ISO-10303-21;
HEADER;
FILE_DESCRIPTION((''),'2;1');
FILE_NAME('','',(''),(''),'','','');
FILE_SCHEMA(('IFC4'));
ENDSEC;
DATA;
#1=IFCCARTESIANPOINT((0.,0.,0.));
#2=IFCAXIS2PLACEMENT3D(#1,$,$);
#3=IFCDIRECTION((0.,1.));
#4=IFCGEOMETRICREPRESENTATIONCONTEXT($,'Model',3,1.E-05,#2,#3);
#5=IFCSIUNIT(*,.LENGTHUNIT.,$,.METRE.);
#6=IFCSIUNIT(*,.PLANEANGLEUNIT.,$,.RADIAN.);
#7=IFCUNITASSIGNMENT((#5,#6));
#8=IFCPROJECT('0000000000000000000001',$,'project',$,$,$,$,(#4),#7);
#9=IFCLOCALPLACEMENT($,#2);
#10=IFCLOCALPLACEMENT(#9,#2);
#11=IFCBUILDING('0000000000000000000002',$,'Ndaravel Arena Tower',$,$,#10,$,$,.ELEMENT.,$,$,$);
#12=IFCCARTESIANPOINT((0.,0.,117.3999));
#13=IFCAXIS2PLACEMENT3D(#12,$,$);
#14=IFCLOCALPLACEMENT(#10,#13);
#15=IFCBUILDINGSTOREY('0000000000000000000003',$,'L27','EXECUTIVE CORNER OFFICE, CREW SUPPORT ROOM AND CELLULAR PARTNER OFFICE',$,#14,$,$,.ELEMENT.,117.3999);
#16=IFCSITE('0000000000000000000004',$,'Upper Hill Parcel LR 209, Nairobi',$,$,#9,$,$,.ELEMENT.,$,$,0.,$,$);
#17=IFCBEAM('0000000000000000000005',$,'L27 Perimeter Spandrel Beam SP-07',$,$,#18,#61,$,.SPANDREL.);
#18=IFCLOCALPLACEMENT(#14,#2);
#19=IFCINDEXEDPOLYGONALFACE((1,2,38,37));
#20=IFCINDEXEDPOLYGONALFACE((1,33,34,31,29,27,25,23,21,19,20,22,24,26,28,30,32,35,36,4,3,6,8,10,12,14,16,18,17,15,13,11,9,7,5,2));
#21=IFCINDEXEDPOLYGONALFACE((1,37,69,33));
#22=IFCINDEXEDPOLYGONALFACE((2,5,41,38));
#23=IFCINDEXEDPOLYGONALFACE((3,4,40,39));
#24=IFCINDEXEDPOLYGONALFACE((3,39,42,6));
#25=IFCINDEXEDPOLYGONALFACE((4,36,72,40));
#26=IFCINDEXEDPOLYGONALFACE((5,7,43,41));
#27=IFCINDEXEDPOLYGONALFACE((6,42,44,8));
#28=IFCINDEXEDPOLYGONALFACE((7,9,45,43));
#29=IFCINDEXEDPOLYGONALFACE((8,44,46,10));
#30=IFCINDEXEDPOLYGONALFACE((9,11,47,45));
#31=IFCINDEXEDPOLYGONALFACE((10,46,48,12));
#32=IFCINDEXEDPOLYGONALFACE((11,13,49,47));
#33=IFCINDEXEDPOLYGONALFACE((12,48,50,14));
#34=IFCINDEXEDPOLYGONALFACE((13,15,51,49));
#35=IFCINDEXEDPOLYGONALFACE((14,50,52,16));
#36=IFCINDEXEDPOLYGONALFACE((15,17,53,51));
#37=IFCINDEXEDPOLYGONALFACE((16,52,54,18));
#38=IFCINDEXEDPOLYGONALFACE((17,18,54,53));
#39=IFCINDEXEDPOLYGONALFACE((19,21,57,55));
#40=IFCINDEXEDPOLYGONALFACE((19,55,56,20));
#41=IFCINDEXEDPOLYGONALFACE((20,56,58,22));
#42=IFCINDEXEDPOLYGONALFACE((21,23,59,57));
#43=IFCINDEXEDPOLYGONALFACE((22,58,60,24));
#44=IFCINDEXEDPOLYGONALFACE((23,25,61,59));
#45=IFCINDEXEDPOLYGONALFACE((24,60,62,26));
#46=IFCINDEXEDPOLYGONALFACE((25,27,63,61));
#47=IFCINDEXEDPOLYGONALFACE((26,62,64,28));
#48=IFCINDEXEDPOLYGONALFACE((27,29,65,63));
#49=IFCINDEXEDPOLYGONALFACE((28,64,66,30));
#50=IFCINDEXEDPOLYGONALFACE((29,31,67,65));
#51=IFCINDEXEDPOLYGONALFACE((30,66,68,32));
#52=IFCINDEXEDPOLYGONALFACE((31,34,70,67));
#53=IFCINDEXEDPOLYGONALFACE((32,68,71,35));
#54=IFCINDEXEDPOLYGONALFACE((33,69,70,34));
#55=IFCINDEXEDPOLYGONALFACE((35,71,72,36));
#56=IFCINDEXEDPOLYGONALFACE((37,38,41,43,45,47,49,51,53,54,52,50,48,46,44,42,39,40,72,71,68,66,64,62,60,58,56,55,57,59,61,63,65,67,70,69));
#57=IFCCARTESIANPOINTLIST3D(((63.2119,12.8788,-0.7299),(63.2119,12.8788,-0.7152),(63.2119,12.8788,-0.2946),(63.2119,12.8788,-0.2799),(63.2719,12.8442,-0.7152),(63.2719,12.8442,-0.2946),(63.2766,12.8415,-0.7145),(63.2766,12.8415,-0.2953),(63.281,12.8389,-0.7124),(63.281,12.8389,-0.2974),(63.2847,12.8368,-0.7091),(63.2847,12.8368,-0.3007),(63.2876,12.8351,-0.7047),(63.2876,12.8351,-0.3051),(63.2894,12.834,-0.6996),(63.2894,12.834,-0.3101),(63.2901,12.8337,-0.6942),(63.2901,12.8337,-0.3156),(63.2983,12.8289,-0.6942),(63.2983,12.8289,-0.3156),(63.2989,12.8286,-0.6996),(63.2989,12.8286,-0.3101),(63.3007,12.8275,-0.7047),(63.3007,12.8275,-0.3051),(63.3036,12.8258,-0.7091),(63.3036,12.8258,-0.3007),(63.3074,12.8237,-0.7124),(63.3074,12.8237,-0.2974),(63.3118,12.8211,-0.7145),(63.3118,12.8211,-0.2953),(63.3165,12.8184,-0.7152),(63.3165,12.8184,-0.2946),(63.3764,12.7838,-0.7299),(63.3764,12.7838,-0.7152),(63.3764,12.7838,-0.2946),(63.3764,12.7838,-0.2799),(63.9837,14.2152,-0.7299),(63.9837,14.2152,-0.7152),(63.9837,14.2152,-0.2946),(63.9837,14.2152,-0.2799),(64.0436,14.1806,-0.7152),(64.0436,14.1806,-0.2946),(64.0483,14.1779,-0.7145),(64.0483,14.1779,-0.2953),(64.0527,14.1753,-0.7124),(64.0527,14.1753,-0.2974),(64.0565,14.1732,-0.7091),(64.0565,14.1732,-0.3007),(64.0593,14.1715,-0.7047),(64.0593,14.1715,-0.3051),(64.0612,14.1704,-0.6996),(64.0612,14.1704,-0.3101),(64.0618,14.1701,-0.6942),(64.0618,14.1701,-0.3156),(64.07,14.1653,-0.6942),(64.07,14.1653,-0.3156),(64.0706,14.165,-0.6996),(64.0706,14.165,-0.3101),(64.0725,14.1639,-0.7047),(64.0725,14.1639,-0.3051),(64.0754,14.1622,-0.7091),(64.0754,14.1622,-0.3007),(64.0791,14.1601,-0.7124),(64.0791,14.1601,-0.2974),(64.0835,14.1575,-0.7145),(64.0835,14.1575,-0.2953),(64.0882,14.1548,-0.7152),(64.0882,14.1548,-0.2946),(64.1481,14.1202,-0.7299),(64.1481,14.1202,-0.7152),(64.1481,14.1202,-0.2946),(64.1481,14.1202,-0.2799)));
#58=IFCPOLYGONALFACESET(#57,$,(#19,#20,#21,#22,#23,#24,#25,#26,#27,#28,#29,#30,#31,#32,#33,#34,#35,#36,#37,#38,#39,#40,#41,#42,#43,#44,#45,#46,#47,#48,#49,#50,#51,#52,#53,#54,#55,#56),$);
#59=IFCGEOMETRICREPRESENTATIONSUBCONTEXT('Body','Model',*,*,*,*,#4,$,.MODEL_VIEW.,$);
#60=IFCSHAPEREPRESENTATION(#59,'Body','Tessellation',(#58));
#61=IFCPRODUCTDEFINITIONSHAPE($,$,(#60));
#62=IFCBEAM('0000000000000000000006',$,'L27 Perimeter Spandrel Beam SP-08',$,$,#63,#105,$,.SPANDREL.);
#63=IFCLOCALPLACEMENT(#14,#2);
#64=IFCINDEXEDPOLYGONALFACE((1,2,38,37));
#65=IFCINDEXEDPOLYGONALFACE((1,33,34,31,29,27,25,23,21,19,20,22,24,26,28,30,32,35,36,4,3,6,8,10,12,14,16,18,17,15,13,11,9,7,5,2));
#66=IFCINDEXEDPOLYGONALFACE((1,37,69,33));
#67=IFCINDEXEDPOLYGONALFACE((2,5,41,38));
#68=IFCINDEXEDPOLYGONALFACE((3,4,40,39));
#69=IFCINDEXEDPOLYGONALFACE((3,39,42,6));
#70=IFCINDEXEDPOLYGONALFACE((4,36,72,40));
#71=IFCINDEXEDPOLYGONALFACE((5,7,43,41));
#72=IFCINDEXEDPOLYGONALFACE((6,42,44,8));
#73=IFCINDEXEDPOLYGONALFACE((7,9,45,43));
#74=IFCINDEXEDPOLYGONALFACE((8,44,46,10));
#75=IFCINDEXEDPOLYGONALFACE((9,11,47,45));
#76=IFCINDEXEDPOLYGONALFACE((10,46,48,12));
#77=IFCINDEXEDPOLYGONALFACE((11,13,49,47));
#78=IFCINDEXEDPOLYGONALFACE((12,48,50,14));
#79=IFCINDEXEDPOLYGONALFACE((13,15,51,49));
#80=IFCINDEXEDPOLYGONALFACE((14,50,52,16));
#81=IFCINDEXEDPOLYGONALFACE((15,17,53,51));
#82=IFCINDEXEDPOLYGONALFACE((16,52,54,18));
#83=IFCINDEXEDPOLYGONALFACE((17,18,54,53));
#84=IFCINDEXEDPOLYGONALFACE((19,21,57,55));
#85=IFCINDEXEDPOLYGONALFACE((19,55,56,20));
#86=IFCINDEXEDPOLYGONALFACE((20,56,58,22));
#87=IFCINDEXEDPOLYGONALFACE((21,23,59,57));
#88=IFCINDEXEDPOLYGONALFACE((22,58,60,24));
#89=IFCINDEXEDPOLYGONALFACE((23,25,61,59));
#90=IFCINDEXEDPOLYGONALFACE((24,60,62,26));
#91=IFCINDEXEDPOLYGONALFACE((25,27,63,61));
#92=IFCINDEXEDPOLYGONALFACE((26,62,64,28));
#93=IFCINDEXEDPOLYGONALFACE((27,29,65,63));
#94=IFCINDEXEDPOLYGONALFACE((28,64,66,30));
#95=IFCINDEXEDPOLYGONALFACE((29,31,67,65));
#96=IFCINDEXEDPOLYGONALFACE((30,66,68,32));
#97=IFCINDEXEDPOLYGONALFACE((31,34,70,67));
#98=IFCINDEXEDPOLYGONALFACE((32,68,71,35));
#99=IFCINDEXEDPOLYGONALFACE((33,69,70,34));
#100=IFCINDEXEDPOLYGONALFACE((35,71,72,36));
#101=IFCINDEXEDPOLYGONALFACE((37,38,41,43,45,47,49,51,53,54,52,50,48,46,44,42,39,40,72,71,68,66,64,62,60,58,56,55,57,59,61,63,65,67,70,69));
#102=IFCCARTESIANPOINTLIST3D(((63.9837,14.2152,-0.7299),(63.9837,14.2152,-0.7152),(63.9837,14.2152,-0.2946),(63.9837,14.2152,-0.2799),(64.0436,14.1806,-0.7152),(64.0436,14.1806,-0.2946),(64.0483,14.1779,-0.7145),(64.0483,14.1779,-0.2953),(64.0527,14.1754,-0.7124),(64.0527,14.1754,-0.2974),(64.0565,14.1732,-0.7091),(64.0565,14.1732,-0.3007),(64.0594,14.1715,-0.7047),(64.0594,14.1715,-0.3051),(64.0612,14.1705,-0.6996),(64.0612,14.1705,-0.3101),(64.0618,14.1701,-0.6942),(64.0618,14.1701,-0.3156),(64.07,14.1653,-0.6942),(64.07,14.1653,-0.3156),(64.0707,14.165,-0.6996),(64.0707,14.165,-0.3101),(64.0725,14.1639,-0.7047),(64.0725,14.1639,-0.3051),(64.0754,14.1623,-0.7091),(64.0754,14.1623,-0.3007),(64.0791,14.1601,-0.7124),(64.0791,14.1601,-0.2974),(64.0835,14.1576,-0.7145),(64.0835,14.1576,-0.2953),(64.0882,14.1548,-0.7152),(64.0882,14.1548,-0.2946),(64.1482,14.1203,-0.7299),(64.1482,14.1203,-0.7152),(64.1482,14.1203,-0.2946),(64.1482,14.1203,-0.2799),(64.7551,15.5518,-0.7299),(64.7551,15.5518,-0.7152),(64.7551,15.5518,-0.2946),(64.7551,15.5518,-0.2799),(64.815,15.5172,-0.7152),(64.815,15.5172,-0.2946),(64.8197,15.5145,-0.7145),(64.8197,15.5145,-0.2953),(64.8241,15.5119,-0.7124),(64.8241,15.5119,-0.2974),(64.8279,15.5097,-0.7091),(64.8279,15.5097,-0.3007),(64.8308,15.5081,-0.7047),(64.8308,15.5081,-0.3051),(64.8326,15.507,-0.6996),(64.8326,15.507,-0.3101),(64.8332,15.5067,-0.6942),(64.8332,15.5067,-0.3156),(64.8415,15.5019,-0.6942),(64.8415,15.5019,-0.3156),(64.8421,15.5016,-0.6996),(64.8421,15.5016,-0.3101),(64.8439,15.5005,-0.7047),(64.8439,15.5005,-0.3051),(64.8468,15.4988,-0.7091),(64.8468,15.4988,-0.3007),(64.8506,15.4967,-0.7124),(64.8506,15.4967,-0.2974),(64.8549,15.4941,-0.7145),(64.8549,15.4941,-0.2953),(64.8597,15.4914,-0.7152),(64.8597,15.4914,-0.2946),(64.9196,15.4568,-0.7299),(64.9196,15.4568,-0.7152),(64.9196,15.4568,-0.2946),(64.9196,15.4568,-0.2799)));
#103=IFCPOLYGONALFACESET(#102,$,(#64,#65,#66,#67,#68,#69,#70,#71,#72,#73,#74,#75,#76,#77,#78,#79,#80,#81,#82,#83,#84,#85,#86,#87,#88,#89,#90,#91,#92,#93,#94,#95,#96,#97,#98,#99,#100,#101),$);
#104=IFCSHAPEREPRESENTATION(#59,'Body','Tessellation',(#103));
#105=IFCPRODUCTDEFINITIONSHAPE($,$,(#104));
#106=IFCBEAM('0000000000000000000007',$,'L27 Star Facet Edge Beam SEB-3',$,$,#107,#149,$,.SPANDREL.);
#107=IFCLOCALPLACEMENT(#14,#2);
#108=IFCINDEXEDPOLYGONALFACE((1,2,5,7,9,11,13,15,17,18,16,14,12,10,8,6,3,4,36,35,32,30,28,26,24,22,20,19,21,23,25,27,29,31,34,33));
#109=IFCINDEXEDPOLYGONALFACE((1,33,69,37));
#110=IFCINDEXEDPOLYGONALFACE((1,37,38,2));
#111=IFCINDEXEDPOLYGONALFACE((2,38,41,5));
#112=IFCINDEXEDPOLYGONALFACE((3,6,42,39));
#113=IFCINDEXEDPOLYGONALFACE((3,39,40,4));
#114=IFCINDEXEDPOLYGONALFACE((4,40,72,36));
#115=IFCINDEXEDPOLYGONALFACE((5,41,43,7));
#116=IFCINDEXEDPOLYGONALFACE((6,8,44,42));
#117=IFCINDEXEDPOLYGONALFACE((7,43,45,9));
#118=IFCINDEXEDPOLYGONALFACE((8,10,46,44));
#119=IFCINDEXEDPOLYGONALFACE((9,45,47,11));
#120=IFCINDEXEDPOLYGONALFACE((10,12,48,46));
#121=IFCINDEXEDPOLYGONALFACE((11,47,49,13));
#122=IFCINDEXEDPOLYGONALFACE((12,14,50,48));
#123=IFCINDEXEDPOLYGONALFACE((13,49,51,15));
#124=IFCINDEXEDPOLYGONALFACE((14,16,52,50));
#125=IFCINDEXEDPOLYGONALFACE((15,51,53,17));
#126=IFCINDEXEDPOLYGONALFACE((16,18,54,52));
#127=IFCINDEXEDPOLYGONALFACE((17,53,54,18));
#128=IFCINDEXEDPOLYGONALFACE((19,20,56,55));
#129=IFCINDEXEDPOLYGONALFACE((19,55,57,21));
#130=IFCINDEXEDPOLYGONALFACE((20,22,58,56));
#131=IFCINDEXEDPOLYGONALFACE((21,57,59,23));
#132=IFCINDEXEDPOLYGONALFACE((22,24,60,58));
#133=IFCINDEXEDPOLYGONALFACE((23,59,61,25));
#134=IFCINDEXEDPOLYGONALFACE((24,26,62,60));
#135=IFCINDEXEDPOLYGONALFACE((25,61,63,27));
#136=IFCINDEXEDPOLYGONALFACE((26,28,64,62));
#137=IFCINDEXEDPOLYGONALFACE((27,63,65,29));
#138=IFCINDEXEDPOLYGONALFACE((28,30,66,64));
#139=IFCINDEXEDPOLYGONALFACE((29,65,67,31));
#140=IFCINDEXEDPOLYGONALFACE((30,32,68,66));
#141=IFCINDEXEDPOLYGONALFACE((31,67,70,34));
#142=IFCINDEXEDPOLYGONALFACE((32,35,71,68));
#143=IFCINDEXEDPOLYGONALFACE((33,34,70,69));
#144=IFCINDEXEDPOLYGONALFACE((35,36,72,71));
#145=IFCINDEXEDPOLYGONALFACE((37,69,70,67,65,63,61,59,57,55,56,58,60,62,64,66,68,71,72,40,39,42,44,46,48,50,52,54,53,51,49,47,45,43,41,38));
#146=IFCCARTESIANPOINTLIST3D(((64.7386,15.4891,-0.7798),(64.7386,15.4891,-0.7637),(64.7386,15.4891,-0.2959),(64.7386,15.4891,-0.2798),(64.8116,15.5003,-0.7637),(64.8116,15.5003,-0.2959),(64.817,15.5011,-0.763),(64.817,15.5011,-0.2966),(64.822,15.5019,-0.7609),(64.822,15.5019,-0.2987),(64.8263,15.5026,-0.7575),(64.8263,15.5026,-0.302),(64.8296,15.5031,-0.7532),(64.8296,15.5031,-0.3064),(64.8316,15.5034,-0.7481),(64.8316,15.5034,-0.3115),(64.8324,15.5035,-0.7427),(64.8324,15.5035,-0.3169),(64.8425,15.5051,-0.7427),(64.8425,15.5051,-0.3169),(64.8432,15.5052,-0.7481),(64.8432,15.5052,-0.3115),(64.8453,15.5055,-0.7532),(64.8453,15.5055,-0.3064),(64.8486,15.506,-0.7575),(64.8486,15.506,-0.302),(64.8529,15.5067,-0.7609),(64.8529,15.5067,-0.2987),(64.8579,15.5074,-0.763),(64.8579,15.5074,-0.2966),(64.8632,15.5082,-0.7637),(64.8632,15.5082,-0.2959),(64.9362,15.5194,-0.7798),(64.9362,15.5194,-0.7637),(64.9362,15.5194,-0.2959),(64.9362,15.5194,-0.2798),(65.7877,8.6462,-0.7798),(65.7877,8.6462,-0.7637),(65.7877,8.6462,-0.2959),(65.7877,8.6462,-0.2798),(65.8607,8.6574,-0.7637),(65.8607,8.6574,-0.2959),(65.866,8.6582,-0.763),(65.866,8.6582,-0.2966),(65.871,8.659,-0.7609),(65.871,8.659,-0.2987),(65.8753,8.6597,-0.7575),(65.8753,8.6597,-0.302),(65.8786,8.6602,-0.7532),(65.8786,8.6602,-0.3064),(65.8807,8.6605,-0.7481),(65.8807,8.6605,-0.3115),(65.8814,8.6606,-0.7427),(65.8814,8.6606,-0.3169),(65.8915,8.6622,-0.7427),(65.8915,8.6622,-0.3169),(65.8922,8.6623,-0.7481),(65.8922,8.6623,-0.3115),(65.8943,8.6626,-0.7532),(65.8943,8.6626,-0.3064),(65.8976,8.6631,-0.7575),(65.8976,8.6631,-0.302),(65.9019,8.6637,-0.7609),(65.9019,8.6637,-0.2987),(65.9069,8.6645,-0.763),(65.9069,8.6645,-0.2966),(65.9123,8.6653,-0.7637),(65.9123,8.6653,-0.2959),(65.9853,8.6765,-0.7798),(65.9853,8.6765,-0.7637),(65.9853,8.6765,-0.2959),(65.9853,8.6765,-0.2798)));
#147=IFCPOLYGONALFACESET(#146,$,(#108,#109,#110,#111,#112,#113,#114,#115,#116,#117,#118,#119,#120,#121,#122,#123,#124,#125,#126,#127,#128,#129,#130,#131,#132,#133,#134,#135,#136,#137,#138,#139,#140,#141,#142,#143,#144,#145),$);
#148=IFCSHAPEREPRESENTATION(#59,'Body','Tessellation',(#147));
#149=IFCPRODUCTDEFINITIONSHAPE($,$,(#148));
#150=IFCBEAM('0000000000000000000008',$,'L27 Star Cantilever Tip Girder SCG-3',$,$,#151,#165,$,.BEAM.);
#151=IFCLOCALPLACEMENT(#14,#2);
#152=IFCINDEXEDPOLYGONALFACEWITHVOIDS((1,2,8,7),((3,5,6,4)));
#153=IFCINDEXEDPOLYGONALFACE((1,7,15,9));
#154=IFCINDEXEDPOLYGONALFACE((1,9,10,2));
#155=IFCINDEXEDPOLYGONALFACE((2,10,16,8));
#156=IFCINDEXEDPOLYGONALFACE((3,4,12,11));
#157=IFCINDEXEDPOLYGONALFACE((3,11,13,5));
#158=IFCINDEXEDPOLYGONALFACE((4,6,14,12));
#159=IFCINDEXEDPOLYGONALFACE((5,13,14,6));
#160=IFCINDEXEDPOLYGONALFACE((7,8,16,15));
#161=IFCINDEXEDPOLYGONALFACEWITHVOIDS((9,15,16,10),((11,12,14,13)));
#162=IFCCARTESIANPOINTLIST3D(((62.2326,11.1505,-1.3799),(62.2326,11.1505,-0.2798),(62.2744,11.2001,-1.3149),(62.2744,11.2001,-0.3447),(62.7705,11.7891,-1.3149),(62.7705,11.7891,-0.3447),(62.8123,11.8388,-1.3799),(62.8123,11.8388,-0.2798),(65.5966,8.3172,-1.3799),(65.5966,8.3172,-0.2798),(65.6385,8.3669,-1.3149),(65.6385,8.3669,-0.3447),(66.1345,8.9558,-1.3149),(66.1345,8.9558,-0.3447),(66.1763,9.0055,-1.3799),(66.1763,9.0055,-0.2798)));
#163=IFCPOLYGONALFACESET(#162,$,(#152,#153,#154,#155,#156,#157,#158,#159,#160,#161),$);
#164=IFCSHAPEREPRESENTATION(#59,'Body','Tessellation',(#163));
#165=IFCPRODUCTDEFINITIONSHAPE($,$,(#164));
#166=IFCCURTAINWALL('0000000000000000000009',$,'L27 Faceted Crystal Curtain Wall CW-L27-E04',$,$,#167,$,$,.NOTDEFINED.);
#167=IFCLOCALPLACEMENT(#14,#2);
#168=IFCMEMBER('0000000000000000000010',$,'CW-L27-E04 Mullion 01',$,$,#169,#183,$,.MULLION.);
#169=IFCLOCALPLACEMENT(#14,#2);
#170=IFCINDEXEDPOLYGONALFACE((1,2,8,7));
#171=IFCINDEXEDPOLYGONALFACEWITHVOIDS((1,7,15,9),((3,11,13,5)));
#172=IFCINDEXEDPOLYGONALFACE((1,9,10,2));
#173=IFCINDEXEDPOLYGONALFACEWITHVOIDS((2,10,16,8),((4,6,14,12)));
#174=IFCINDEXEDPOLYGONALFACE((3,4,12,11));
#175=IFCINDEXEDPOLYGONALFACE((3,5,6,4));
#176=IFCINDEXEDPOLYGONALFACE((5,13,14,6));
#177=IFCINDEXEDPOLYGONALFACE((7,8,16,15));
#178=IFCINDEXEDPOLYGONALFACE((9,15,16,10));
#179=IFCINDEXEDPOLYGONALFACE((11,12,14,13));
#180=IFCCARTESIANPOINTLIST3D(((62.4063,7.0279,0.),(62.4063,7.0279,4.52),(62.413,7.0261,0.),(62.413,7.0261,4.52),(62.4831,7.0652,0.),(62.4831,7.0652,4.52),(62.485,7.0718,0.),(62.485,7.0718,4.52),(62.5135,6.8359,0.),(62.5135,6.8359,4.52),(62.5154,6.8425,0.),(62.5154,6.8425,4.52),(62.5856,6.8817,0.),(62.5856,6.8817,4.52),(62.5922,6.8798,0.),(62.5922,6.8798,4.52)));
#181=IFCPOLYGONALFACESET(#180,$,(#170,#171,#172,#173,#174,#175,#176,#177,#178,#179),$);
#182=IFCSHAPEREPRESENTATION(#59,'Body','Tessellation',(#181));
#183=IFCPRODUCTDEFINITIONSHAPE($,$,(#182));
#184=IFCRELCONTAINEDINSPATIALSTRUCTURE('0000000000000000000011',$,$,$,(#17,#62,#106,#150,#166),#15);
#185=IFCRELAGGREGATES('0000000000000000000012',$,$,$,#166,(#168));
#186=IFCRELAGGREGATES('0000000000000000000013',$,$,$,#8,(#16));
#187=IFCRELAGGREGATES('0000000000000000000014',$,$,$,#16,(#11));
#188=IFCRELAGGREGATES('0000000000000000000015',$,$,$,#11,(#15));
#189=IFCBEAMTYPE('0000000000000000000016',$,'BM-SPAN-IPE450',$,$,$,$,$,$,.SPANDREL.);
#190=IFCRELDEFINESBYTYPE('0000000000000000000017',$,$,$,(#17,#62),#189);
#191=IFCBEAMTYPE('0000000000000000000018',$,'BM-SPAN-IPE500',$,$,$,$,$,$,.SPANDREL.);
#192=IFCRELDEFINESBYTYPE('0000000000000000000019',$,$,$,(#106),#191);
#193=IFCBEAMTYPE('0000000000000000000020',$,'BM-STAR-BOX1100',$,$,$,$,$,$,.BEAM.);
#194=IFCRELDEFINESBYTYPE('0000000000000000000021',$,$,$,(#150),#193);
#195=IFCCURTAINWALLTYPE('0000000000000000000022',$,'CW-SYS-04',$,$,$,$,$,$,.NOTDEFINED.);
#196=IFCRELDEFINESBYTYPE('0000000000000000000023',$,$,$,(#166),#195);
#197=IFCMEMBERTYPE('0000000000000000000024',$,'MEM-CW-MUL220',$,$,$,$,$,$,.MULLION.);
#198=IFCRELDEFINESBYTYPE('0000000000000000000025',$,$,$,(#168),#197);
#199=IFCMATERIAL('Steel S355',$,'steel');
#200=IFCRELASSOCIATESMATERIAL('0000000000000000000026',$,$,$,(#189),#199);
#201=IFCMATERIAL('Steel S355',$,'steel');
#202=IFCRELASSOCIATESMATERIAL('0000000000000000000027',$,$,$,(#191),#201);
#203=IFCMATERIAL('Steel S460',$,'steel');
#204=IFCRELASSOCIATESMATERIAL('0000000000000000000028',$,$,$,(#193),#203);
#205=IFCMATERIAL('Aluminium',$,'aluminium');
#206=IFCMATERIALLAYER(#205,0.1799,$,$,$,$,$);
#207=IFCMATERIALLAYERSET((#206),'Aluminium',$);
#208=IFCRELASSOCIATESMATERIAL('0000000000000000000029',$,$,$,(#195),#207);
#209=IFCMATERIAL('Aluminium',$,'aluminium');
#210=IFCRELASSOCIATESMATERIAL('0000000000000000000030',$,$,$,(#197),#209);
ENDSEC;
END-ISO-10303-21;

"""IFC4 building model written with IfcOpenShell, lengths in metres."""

from ifc_helpers import new_model, si_unit, direction, frame, origin, origin_2d, place, context, subcontext, project, spatial, hollow_rectangle, i_section, extrude, material, layer, layer_set, material_profile, profile_set, type_object, element, aggregate, save


model = new_model("IFC4")

# Units and contexts
model_context = context("Model", 3, precision=1e-05, world=origin(), true_north=direction((0.0, 1.0)))
body_context = subcontext(model_context, "Body", "Model", "MODEL_VIEW")
ifc_project = project(units=[si_unit("LENGTHUNIT", "METRE"), si_unit("PLANEANGLEUNIT", "RADIAN")], contexts=[model_context])

# Site, building, storey
site_placement = place(None, origin())
site = spatial("IfcSite", under=ifc_project, at=site_placement, Name="Upper Hill Parcel LR 209, Nairobi", CompositionType="ELEMENT", RefElevation=0.0)
building_placement = place(site_placement, origin())
building = spatial("IfcBuilding", under=site, at=building_placement, Name="Ndaravel Arena Tower", CompositionType="ELEMENT")
storey_placement = place(building_placement, frame((0.0, 0.0, 117.3999)))
storey = spatial("IfcBuildingStorey", under=building, at=storey_placement, Name="L27", Description="EXECUTIVE CORNER OFFICE, CREW SUPPORT ROOM AND CELLULAR PARTNER OFFICE", CompositionType="ELEMENT", Elevation=117.3999)

# Beams
ifc_material_1 = material(Name="Steel S355", Category="steel")
ifc_material_profile_1 = material_profile(ifc_material_1, i_section(OverallWidth=0.1899, OverallDepth=0.45, WebThickness=0.0095, FlangeThickness=0.0146, FilletRadius=0.021, at=origin_2d()), Name="IPE 450")
ifc_profile_set_1 = profile_set([ifc_material_profile_1], Name="Steel S355")
beam_type_1 = type_object("IfcBeamType", Name="BM-SPAN-IPE450", PredefinedType="SPANDREL", material=ifc_profile_set_1)
for number, where, z_axis, x_axis, name in (
    (1, (63.2942, 12.8313, -0.5049), (0.500069, 0.865985, 0.0), (-0.865985, 0.500069, 0.0), "L27 Perimeter Spandrel Beam SP-07"),
    (2, (64.0659, 14.1677, -0.5049), (0.499882, 0.866093, 0.0), (-0.866093, 0.499882, 0.0), "L27 Perimeter Spandrel Beam SP-08"),
):
    element("IfcBeam", number, at=place(storey_placement, frame(where, z_axis=z_axis, x_axis=x_axis)), inside=storey, type_object=beam_type_1, Name=name, PredefinedType="SPANDREL", context=body_context, shape_type="SweptSolid", body=[
        extrude(i_section(OverallWidth=0.1899, OverallDepth=0.45, WebThickness=0.0095, FlangeThickness=0.0146, FilletRadius=0.021, at=origin_2d()), origin(), (0.0, 0.0, 1.0), 1.5432),
    ])
ifc_material_2 = material(Name="Steel S355", Category="steel")
ifc_material_profile_2 = material_profile(ifc_material_2, i_section(OverallWidth=0.2, OverallDepth=0.5, WebThickness=0.0103, FlangeThickness=0.0161, FilletRadius=0.021, at=origin_2d()), Name="IPE 500")
ifc_profile_set_2 = profile_set([ifc_material_profile_2], Name="Steel S355")
beam_type_2 = type_object("IfcBeamType", Name="BM-SPAN-IPE500", PredefinedType="SPANDREL", material=ifc_profile_set_2)
beam_1_placement = place(storey_placement, frame((65.8865, 8.6614, -0.5298), z_axis=(-0.151535, 0.988452, 0.0), x_axis=(-0.988452, -0.151535, 0.0)))
element("IfcBeam", 3, at=beam_1_placement, inside=storey, type_object=beam_type_2, Name="L27 Star Facet Edge Beam SEB-3", PredefinedType="SPANDREL", context=body_context, shape_type="SweptSolid", body=[
    extrude(i_section(OverallWidth=0.2, OverallDepth=0.5, WebThickness=0.0103, FlangeThickness=0.0161, FilletRadius=0.021, at=origin_2d()), origin(), (0.0, 0.0, 1.0), 6.9229),
])
ifc_material_3 = material(Name="Steel S460", Category="steel")
ifc_material_profile_3 = material_profile(ifc_material_3, hollow_rectangle(XDim=0.8999, YDim=1.1001, WallThickness=0.0649, at=origin_2d()), Name="BOX 1100x900x65")
ifc_profile_set_3 = profile_set([ifc_material_profile_3], Name="Steel S460")
beam_type_3 = type_object("IfcBeamType", Name="BM-STAR-BOX1100", PredefinedType="BEAM", material=ifc_profile_set_3)
beam_2_placement = place(storey_placement, frame((62.5225, 11.4946, -0.8298), z_axis=(0.764867, -0.644189, 0.0), x_axis=(0.644189, 0.764867, 0.0)))
element("IfcBeam", 4, at=beam_2_placement, inside=storey, type_object=beam_type_3, Name="L27 Star Cantilever Tip Girder SCG-3", PredefinedType="BEAM", context=body_context, shape_type="SweptSolid", body=[
    extrude(hollow_rectangle(XDim=0.8999, YDim=1.1001, WallThickness=0.0649, at=origin_2d()), origin(), (0.0, 0.0, 1.0), 4.3982),
])

# Curtain wall, member
ifc_material_4 = material(Name="Aluminium", Category="aluminium")
ifc_layer_1 = layer(ifc_material_4, 0.1799)
ifc_layer_set_1 = layer_set([ifc_layer_1], Name="Aluminium")
curtain_wall_type = type_object("IfcCurtainWallType", Name="CW-SYS-04", PredefinedType="NOTDEFINED", material=ifc_layer_set_1)
curtain_wall_1_placement = place(storey_placement, origin())
curtain_wall_1 = element("IfcCurtainWall", 5, at=curtain_wall_1_placement, inside=storey, type_object=curtain_wall_type, Name="L27 Faceted Crystal Curtain Wall CW-L27-E04", PredefinedType="NOTDEFINED")
ifc_material_5 = material(Name="Aluminium", Category="aluminium")
ifc_material_profile_4 = material_profile(ifc_material_5, hollow_rectangle(XDim=0.0901, YDim=0.22, WallThickness=0.0049, at=origin_2d()), Name="CW MULLION 90x220x5")
ifc_profile_set_4 = profile_set([ifc_material_profile_4], Name="Aluminium")
member_type_1 = type_object("IfcMemberType", Name="MEM-CW-MUL220", PredefinedType="MULLION", material=ifc_profile_set_4)
member_1_placement = place(storey_placement, frame((62.4993, 6.9539, 0.0), z_axis=(0.0, 0.0, 1.0), x_axis=(0.873177, 0.487403, 0.0)))
member_1 = element("IfcMember", 6, at=member_1_placement, type_object=member_type_1, Name="CW-L27-E04 Mullion 01", PredefinedType="MULLION", context=body_context, shape_type="SweptSolid", body=[
    extrude(hollow_rectangle(XDim=0.0901, YDim=0.22, WallThickness=0.0049, at=origin_2d()), origin(), (0.0, 0.0, 1.0), 4.52),
])

aggregate(curtain_wall_1, [member_1])

save(model, "model.ifc")
